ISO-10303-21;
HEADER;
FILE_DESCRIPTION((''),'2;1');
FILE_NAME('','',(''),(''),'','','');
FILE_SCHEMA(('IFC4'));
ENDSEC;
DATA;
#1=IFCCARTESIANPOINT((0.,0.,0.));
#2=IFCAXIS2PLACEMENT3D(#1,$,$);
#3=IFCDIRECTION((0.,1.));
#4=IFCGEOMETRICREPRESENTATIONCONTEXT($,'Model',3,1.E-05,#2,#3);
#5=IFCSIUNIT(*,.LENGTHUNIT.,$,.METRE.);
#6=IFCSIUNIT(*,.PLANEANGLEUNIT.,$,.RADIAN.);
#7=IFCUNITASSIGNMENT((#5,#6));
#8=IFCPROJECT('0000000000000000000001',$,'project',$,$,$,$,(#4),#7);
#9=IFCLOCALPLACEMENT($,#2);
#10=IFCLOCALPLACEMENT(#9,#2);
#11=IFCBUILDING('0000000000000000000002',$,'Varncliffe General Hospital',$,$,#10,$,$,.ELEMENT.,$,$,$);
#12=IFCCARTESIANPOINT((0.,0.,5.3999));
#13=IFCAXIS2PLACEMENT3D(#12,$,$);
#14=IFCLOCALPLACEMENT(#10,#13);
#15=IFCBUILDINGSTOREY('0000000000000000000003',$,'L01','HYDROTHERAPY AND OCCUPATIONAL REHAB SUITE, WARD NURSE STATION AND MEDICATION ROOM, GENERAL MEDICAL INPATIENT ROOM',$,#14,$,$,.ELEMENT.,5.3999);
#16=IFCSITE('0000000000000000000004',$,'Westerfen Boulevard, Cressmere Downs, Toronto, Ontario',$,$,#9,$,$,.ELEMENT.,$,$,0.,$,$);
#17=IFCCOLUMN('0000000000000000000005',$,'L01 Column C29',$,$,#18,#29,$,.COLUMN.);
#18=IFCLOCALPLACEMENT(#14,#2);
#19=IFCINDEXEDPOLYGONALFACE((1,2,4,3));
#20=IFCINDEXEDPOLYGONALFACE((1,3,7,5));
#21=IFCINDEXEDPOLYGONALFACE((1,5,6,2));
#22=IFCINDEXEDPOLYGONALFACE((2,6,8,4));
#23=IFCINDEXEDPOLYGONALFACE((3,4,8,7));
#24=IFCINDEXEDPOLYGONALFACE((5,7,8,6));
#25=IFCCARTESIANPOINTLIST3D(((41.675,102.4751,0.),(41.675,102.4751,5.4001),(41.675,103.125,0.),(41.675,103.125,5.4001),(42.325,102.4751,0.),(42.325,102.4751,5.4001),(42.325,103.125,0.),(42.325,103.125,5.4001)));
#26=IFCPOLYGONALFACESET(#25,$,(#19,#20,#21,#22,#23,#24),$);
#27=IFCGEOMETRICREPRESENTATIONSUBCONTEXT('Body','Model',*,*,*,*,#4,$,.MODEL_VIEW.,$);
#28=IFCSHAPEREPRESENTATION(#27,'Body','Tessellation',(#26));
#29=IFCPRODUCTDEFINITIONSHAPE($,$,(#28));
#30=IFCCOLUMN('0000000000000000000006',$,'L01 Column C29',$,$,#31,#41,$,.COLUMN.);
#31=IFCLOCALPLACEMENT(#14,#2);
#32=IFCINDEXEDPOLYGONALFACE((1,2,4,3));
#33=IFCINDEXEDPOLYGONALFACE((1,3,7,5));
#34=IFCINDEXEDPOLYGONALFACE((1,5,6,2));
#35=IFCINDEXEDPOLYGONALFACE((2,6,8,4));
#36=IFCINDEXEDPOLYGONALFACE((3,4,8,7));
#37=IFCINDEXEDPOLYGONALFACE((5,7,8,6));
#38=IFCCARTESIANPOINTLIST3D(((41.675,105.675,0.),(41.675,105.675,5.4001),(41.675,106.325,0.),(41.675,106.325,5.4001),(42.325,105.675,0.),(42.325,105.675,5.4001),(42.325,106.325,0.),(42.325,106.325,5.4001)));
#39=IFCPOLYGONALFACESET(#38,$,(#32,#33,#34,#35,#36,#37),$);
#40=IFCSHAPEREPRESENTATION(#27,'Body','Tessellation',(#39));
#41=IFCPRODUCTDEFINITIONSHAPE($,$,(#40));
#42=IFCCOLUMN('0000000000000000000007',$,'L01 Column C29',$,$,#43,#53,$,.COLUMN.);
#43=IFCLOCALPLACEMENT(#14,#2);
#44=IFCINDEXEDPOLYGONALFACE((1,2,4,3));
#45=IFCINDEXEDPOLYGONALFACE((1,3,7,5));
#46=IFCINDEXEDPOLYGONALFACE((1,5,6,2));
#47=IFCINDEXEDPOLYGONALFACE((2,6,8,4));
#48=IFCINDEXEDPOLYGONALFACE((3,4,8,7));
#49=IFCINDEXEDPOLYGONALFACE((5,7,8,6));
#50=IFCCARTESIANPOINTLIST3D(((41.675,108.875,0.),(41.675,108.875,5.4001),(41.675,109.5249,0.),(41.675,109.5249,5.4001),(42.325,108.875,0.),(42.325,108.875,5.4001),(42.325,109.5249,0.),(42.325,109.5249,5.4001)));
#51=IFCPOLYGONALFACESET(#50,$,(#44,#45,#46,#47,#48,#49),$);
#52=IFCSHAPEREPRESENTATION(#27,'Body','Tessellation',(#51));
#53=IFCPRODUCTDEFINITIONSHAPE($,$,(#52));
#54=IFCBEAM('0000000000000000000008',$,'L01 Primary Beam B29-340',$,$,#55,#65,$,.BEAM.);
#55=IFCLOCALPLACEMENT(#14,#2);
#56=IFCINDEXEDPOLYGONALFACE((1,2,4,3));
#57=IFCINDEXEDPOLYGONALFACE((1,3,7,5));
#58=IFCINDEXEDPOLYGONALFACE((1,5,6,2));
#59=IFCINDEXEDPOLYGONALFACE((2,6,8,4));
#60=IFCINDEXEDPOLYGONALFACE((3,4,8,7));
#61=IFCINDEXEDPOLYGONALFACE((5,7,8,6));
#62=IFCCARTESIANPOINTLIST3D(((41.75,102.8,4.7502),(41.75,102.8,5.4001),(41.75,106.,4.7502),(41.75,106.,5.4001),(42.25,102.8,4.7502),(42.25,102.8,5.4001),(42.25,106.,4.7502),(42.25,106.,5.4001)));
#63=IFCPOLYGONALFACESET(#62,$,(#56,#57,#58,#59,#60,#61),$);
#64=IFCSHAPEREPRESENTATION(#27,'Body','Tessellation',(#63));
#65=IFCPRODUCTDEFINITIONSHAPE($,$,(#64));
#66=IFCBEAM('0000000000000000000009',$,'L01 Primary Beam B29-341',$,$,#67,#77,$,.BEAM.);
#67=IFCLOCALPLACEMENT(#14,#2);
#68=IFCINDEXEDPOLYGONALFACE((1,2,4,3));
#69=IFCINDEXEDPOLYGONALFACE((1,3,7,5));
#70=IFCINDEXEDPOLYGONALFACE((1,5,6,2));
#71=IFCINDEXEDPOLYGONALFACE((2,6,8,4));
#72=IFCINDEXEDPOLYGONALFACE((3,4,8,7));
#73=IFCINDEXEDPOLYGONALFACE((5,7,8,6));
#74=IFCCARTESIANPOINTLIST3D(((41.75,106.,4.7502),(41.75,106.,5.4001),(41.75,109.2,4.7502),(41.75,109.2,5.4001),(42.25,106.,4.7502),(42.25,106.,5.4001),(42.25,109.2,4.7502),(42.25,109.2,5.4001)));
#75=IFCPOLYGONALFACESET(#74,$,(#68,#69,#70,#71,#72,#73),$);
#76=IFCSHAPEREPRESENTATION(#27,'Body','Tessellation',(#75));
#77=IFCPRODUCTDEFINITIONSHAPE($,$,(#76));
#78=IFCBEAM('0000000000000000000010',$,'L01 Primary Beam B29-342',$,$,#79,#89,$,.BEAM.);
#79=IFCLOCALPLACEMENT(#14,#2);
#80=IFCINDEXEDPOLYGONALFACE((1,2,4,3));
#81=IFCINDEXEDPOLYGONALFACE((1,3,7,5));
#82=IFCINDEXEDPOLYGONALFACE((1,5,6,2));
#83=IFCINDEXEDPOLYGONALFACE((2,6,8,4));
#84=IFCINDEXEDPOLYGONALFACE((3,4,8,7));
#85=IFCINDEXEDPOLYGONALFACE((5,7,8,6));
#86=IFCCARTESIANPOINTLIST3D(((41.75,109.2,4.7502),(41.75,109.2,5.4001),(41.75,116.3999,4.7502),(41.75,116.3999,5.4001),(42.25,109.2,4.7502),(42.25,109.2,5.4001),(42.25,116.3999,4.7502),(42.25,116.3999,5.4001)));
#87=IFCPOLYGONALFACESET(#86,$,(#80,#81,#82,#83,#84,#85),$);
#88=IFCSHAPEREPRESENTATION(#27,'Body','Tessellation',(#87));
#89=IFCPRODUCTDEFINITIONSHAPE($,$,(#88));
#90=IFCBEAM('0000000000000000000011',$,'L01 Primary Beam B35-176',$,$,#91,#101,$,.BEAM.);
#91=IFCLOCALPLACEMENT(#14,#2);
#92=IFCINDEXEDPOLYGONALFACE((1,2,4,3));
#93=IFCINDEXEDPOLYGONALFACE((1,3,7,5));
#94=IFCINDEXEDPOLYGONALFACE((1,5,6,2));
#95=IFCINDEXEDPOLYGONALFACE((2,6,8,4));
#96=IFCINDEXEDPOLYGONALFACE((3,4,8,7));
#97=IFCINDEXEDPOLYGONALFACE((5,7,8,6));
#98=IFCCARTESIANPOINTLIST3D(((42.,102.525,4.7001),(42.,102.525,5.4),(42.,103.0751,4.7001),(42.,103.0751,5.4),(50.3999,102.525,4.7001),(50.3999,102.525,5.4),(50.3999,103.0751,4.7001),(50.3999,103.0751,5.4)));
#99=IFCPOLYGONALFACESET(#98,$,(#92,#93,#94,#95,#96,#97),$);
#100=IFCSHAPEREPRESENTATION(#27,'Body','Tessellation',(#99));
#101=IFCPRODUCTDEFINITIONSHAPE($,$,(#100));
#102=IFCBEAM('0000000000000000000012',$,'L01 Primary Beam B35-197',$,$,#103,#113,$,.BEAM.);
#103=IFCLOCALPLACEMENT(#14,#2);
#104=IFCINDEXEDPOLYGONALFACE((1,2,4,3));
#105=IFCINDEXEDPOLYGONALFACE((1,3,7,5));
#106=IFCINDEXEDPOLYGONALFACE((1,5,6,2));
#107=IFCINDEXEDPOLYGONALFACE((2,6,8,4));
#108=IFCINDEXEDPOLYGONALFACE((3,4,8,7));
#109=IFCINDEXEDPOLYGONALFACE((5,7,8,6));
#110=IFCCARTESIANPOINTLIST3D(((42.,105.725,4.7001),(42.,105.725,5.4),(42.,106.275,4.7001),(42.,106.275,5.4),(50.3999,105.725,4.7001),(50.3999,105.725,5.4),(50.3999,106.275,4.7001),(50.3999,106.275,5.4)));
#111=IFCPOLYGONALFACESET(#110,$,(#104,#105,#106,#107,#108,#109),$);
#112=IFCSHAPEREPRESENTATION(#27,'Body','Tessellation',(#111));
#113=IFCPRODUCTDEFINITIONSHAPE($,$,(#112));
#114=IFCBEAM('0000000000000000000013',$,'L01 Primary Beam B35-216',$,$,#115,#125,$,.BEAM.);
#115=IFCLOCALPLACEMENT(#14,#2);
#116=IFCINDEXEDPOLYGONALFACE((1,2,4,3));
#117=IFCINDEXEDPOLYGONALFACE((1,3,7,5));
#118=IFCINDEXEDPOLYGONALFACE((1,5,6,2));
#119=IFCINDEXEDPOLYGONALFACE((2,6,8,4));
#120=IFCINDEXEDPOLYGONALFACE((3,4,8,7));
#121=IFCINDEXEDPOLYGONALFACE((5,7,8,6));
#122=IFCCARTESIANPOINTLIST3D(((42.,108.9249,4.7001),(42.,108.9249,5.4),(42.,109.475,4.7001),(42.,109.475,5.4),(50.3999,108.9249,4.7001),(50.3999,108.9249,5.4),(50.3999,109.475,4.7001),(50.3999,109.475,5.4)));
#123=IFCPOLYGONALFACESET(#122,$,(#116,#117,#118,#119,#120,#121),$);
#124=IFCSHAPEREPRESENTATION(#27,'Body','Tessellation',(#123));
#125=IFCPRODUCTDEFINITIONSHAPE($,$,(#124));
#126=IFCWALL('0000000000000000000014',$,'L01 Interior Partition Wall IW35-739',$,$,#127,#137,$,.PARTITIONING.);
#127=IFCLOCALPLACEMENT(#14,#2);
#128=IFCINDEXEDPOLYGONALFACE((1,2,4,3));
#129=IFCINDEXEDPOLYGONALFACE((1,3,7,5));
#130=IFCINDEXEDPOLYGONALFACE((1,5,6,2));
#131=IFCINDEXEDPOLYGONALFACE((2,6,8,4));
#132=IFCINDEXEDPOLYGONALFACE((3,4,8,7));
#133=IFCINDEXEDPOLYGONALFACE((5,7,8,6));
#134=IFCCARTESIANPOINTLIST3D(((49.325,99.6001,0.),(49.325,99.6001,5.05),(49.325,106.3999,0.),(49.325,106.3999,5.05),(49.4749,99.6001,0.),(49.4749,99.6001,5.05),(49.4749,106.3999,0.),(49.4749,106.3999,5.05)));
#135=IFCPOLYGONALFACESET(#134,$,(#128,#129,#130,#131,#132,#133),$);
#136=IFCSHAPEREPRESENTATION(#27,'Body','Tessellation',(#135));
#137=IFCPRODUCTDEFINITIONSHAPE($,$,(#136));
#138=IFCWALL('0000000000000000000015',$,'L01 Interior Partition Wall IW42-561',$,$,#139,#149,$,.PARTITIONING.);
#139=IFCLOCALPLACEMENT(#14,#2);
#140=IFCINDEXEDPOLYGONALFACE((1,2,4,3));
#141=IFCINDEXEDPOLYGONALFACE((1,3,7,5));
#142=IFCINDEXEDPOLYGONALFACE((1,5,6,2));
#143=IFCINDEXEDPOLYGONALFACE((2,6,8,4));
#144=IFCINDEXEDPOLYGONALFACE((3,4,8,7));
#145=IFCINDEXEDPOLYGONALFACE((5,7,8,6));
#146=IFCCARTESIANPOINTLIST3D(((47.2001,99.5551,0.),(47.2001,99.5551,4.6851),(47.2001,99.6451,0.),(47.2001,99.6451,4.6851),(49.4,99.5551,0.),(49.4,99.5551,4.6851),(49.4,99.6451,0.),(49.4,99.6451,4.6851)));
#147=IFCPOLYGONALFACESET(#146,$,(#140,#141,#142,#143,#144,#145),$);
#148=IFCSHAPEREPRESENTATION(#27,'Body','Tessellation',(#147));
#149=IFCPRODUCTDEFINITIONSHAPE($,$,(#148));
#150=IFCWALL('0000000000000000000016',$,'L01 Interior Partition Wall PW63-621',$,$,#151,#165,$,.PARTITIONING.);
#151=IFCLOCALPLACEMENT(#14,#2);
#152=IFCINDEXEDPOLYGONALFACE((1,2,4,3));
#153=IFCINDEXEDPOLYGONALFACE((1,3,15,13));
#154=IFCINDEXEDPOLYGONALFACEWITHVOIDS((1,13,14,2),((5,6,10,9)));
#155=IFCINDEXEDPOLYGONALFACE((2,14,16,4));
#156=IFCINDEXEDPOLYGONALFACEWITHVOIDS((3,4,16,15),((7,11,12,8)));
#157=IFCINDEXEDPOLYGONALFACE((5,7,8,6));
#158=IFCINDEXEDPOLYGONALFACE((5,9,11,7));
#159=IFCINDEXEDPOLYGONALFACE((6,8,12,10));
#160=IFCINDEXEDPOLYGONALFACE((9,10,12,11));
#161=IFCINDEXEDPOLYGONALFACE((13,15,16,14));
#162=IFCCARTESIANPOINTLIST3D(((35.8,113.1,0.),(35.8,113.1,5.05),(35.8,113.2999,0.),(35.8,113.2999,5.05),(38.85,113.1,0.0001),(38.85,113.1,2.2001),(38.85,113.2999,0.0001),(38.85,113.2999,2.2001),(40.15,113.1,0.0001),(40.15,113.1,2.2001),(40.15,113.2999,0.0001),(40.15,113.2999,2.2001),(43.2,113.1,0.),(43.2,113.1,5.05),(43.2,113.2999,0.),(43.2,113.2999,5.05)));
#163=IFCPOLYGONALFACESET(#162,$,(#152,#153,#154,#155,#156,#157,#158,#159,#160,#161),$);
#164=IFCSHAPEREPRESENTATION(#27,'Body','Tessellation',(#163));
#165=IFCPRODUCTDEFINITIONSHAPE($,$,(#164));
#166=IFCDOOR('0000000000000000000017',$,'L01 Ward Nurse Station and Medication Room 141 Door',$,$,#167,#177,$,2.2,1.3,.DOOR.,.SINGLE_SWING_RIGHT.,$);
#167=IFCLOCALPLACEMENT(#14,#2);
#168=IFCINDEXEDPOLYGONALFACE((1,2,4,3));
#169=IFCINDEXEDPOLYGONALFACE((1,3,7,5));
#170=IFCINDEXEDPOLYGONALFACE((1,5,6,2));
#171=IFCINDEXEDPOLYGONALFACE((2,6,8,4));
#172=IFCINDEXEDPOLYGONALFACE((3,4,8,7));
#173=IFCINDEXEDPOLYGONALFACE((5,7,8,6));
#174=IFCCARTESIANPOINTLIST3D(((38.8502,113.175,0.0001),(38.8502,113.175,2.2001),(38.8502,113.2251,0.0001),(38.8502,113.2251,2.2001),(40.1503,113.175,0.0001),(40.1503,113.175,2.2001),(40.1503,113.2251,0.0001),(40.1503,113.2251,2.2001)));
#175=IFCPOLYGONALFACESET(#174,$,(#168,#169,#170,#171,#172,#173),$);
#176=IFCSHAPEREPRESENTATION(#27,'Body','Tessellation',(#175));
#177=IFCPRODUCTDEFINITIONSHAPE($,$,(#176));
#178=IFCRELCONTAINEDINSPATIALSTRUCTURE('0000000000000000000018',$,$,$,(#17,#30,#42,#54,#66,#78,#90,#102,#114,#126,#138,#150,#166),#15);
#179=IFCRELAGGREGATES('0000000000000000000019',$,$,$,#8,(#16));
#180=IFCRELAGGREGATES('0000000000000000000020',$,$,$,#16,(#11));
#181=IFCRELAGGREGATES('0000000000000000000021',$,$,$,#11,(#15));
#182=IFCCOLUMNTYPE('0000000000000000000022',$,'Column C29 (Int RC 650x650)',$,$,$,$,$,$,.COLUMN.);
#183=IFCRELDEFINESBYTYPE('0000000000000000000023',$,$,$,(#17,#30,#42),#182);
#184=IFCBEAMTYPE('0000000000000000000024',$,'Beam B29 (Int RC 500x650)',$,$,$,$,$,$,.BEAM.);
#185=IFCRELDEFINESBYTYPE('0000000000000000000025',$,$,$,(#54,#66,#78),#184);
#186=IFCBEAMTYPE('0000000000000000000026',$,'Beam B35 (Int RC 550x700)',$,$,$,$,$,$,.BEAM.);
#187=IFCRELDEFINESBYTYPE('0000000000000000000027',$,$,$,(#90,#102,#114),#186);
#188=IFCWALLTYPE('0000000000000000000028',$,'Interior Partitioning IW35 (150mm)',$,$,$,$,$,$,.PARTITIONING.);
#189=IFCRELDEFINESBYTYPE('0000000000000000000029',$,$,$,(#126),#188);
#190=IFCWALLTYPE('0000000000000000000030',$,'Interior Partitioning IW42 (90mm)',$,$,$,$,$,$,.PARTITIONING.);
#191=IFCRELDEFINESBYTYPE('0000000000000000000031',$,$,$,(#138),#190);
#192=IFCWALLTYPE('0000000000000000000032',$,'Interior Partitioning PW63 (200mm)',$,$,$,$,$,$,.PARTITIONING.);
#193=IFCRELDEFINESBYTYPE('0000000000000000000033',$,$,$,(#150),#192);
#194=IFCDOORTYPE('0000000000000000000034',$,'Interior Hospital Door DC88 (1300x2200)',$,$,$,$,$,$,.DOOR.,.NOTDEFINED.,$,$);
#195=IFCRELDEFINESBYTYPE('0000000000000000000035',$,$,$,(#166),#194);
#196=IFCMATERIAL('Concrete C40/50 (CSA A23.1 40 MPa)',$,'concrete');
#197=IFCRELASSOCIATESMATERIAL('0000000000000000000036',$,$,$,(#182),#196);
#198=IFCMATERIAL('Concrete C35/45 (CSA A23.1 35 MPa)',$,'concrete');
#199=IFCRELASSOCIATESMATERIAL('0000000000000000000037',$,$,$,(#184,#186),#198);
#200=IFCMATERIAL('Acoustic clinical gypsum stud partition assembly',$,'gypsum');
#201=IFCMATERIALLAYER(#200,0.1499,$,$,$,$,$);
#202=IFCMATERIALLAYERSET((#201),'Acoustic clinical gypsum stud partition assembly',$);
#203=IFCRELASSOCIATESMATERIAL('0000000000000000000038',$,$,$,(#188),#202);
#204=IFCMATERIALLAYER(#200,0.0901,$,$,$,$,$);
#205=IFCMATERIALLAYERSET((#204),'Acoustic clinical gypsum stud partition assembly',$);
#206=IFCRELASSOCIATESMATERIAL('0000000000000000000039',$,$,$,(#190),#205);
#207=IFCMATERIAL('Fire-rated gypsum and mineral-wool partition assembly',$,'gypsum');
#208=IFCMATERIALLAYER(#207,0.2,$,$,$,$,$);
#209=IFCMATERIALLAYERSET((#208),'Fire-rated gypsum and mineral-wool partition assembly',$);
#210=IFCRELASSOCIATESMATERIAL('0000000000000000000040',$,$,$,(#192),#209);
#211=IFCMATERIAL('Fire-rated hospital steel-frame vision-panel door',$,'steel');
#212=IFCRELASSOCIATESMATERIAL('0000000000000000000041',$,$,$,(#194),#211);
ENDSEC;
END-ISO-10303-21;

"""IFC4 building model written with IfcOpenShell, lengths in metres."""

from ifc_helpers import new_model, si_unit, direction, frame, frame_2d, origin, origin_2d, place, context, subcontext, project, spatial, rectangle, extrude, material, layer, layer_set, material_profile, profile_set, type_object, element, fill, save


model = new_model("IFC4")

# Units and contexts
model_context = context("Model", 3, precision=1e-05, world=origin(), true_north=direction((0.0, 1.0)))
body_context = subcontext(model_context, "Body", "Model", "MODEL_VIEW")
ifc_project = project(units=[si_unit("LENGTHUNIT", "METRE"), si_unit("PLANEANGLEUNIT", "RADIAN")], contexts=[model_context])

# Site, building, storey
site_placement = place(None, origin())
site = spatial("IfcSite", under=ifc_project, at=site_placement, Name="Westerfen Boulevard, Cressmere Downs, Toronto, Ontario", CompositionType="ELEMENT", RefElevation=0.0)
building_placement = place(site_placement, origin())
building = spatial("IfcBuilding", under=site, at=building_placement, Name="Varncliffe General Hospital", CompositionType="ELEMENT")
storey_placement = place(building_placement, frame((0.0, 0.0, 5.3999)))
storey = spatial("IfcBuildingStorey", under=building, at=storey_placement, Name="L01", Description="HYDROTHERAPY AND OCCUPATIONAL REHAB SUITE, WARD NURSE STATION AND MEDICATION ROOM, GENERAL MEDICAL INPATIENT ROOM", CompositionType="ELEMENT", Elevation=5.3999)

# Columns
ifc_material_1 = material(Name="Concrete C40/50 (CSA A23.1 40 MPa)", Category="concrete")
ifc_material_profile_1 = material_profile(ifc_material_1, rectangle(XDim=0.6499, YDim=0.6499, at=origin_2d()), Name="RC 650x650")
ifc_profile_set_1 = profile_set([ifc_material_profile_1], Name="Concrete C40/50 (CSA A23.1 40 MPa)")
column_type = type_object("IfcColumnType", Name="Column C29 (Int RC 650x650)", PredefinedType="COLUMN", material=ifc_profile_set_1)
for number, where, z_axis, x_axis, name in (
    (1, (42.0, 102.8, 0.0), (0.0, 0.0, 1.0), (1.0, 0.0, 0.0), "L01 Column C29"),
    (2, (42.0, 106.0, 0.0), (0.0, 0.0, 1.0), (1.0, 0.0, 0.0), "L01 Column C29"),
    (3, (42.0, 109.2, 0.0), (0.0, 0.0, 1.0), (1.0, 0.0, 0.0), "L01 Column C29"),
):
    element("IfcColumn", number, at=place(storey_placement, frame(where, z_axis=z_axis, x_axis=x_axis)), inside=storey, type_object=column_type, Name=name, PredefinedType="COLUMN", context=body_context, shape_type="SweptSolid", body=[
        extrude(rectangle(XDim=0.6499, YDim=0.6499, at=origin_2d()), origin(), (0.0, 0.0, 1.0), 5.4001),
    ])

# Beams
ifc_material_2 = material(Name="Concrete C35/45 (CSA A23.1 35 MPa)", Category="concrete")
ifc_material_profile_2 = material_profile(ifc_material_2, rectangle(XDim=0.5, YDim=0.6499, at=origin_2d()), Name="RC 500x650")
ifc_profile_set_2 = profile_set([ifc_material_profile_2], Name="Concrete C35/45 (CSA A23.1 35 MPa)")
beam_type_1 = type_object("IfcBeamType", Name="Beam B29 (Int RC 500x650)", PredefinedType="BEAM", material=ifc_profile_set_2)
for number, where, z_axis, x_axis, name in (
    (4, (42.0, 102.8, 5.0752), (0.0, 1.0, 0.0), (-1.0, 0.0, 0.0), "L01 Primary Beam B29-340"),
    (5, (42.0, 106.0, 5.0752), (0.0, 1.0, 0.0), (-1.0, 0.0, 0.0), "L01 Primary Beam B29-341"),
):
    element("IfcBeam", number, at=place(storey_placement, frame(where, z_axis=z_axis, x_axis=x_axis)), inside=storey, type_object=beam_type_1, Name=name, PredefinedType="BEAM", context=body_context, shape_type="SweptSolid", body=[
        extrude(rectangle(XDim=0.5, YDim=0.6499, at=origin_2d()), origin(), (0.0, 0.0, 1.0), 3.2),
    ])
beam_placement = place(storey_placement, frame((42.0, 109.2, 5.0752), z_axis=(0.0, 1.0, 0.0), x_axis=(-1.0, 0.0, 0.0)))
element("IfcBeam", 6, at=beam_placement, inside=storey, type_object=beam_type_1, Name="L01 Primary Beam B29-342", PredefinedType="BEAM", context=body_context, shape_type="SweptSolid", body=[
    extrude(rectangle(XDim=0.5, YDim=0.6499, at=origin_2d()), origin(), (0.0, 0.0, 1.0), 7.2),
])
ifc_material_profile_3 = material_profile(ifc_material_2, rectangle(XDim=0.55, YDim=0.7, at=origin_2d()), Name="RC 550x700")
ifc_profile_set_3 = profile_set([ifc_material_profile_3], Name="Concrete C35/45 (CSA A23.1 35 MPa)")
beam_type_2 = type_object("IfcBeamType", Name="Beam B35 (Int RC 550x700)", PredefinedType="BEAM", material=ifc_profile_set_3)
for number, where, z_axis, x_axis, name in (
    (7, (42.0, 102.8, 5.05), (1.0, 0.0, 0.0), (0.0, 1.0, 0.0), "L01 Primary Beam B35-176"),
    (8, (42.0, 106.0, 5.05), (1.0, 0.0, 0.0), (0.0, 1.0, 0.0), "L01 Primary Beam B35-197"),
    (9, (42.0, 109.2, 5.05), (1.0, 0.0, 0.0), (0.0, 1.0, 0.0), "L01 Primary Beam B35-216"),
):
    element("IfcBeam", number, at=place(storey_placement, frame(where, z_axis=z_axis, x_axis=x_axis)), inside=storey, type_object=beam_type_2, Name=name, PredefinedType="BEAM", context=body_context, shape_type="SweptSolid", body=[
        extrude(rectangle(XDim=0.55, YDim=0.7, at=origin_2d()), origin(), (0.0, 0.0, 1.0), 8.3999),
    ])

# Walls
ifc_material_3 = material(Name="Acoustic clinical gypsum stud partition assembly", Category="gypsum")
ifc_layer_1 = layer(ifc_material_3, 0.1499)
ifc_layer_set_1 = layer_set([ifc_layer_1], Name="Acoustic clinical gypsum stud partition assembly")
wall_type_1 = type_object("IfcWallType", Name="Interior Partitioning IW35 (150mm)", PredefinedType="PARTITIONING", material=ifc_layer_set_1)
wall_1_placement = place(storey_placement, frame((49.3999, 99.6001, 0.0), z_axis=(0.0, 0.0, 1.0), x_axis=(0.0, 1.0, 0.0)))
element("IfcWall", 10, at=wall_1_placement, inside=storey, type_object=wall_type_1, Name="L01 Interior Partition Wall IW35-739", PredefinedType="PARTITIONING", context=body_context, shape_type="SweptSolid", body=[
    extrude(rectangle(XDim=6.7998, YDim=0.1499, at=frame_2d((3.3999, 0.0))), origin(), (0.0, 0.0, 1.0), 5.05),
])
ifc_layer_2 = layer(ifc_material_3, 0.0901)
ifc_layer_set_2 = layer_set([ifc_layer_2], Name="Acoustic clinical gypsum stud partition assembly")
wall_type_2 = type_object("IfcWallType", Name="Interior Partitioning IW42 (90mm)", PredefinedType="PARTITIONING", material=ifc_layer_set_2)
wall_2_placement = place(storey_placement, frame((47.2, 99.6001, 0.0), z_axis=(0.0, 0.0, 1.0), x_axis=(1.0, 0.0, 0.0)))
element("IfcWall", 11, at=wall_2_placement, inside=storey, type_object=wall_type_2, Name="L01 Interior Partition Wall IW42-561", PredefinedType="PARTITIONING", context=body_context, shape_type="SweptSolid", body=[
    extrude(rectangle(XDim=2.2, YDim=0.0901, at=frame_2d((1.1001, 0.0))), origin(), (0.0, 0.0, 1.0), 4.6851),
])

# Wall, opening, door
ifc_material_4 = material(Name="Fire-rated gypsum and mineral-wool partition assembly", Category="gypsum")
ifc_layer_3 = layer(ifc_material_4, 0.2)
ifc_layer_set_3 = layer_set([ifc_layer_3], Name="Fire-rated gypsum and mineral-wool partition assembly")
wall_type_3 = type_object("IfcWallType", Name="Interior Partitioning PW63 (200mm)", PredefinedType="PARTITIONING", material=ifc_layer_set_3)
wall_3_placement = place(storey_placement, frame((35.8, 113.2, 0.0), z_axis=(0.0, 0.0, 1.0), x_axis=(1.0, 0.0, 0.0)))
wall_3 = element("IfcWall", 12, at=wall_3_placement, inside=storey, type_object=wall_type_3, Name="L01 Interior Partition Wall PW63-621", PredefinedType="PARTITIONING", context=body_context, shape_type="SweptSolid", body=[
    extrude(rectangle(XDim=7.3999, YDim=0.2, at=frame_2d((3.7, 0.0))), origin(), (0.0, 0.0, 1.0), 5.05),
])
opening_1_placement = place(wall_3_placement, frame((3.05, 0.0, 0.0)))
opening_1 = element("IfcOpeningElement", 13, at=opening_1_placement, cuts=wall_3, PredefinedType="OPENING", context=body_context, shape_type="SweptSolid", body=[
    extrude(rectangle(XDim=1.3, YDim=2.2, at=frame_2d((0.6499, 1.1001))), frame((0.0, 0.1099, 0.0), z_axis=(0.0, -1.0, 0.0), x_axis=(1.0, 0.0, 0.0)), (0.0, 0.0, 1.0), 0.22),
])
ifc_material_5 = material(Name="Fire-rated hospital steel-frame vision-panel door", Category="steel")
door_type_1 = type_object("IfcDoorType", Name="Interior Hospital Door DC88 (1300x2200)", OperationType="NOTDEFINED", PredefinedType="DOOR", material=ifc_material_5)
door_1_placement = place(opening_1_placement, frame((1.3, 0.0, 0.0), z_axis=(0.0, 0.0, 1.0), x_axis=(-1.0, 0.0, 0.0)))
door_1 = element("IfcDoor", 14, at=door_1_placement, inside=storey, type_object=door_type_1, Name="L01 Ward Nurse Station and Medication Room 141 Door", OperationType="SINGLE_SWING_RIGHT", OverallHeight=2.2, OverallWidth=1.3, PredefinedType="DOOR", context=body_context, shape_type="SweptSolid", body=[
    extrude(rectangle(XDim=1.3, YDim=2.2, at=frame_2d((0.6499, 1.1001))), frame((0.0, 0.0249, 0.0), z_axis=(0.0, -1.0, 0.0), x_axis=(1.0, 0.0, 0.0)), (0.0, 0.0, 1.0), 0.05),
])
fill(opening_1, door_1)

save(model, "model.ifc")
